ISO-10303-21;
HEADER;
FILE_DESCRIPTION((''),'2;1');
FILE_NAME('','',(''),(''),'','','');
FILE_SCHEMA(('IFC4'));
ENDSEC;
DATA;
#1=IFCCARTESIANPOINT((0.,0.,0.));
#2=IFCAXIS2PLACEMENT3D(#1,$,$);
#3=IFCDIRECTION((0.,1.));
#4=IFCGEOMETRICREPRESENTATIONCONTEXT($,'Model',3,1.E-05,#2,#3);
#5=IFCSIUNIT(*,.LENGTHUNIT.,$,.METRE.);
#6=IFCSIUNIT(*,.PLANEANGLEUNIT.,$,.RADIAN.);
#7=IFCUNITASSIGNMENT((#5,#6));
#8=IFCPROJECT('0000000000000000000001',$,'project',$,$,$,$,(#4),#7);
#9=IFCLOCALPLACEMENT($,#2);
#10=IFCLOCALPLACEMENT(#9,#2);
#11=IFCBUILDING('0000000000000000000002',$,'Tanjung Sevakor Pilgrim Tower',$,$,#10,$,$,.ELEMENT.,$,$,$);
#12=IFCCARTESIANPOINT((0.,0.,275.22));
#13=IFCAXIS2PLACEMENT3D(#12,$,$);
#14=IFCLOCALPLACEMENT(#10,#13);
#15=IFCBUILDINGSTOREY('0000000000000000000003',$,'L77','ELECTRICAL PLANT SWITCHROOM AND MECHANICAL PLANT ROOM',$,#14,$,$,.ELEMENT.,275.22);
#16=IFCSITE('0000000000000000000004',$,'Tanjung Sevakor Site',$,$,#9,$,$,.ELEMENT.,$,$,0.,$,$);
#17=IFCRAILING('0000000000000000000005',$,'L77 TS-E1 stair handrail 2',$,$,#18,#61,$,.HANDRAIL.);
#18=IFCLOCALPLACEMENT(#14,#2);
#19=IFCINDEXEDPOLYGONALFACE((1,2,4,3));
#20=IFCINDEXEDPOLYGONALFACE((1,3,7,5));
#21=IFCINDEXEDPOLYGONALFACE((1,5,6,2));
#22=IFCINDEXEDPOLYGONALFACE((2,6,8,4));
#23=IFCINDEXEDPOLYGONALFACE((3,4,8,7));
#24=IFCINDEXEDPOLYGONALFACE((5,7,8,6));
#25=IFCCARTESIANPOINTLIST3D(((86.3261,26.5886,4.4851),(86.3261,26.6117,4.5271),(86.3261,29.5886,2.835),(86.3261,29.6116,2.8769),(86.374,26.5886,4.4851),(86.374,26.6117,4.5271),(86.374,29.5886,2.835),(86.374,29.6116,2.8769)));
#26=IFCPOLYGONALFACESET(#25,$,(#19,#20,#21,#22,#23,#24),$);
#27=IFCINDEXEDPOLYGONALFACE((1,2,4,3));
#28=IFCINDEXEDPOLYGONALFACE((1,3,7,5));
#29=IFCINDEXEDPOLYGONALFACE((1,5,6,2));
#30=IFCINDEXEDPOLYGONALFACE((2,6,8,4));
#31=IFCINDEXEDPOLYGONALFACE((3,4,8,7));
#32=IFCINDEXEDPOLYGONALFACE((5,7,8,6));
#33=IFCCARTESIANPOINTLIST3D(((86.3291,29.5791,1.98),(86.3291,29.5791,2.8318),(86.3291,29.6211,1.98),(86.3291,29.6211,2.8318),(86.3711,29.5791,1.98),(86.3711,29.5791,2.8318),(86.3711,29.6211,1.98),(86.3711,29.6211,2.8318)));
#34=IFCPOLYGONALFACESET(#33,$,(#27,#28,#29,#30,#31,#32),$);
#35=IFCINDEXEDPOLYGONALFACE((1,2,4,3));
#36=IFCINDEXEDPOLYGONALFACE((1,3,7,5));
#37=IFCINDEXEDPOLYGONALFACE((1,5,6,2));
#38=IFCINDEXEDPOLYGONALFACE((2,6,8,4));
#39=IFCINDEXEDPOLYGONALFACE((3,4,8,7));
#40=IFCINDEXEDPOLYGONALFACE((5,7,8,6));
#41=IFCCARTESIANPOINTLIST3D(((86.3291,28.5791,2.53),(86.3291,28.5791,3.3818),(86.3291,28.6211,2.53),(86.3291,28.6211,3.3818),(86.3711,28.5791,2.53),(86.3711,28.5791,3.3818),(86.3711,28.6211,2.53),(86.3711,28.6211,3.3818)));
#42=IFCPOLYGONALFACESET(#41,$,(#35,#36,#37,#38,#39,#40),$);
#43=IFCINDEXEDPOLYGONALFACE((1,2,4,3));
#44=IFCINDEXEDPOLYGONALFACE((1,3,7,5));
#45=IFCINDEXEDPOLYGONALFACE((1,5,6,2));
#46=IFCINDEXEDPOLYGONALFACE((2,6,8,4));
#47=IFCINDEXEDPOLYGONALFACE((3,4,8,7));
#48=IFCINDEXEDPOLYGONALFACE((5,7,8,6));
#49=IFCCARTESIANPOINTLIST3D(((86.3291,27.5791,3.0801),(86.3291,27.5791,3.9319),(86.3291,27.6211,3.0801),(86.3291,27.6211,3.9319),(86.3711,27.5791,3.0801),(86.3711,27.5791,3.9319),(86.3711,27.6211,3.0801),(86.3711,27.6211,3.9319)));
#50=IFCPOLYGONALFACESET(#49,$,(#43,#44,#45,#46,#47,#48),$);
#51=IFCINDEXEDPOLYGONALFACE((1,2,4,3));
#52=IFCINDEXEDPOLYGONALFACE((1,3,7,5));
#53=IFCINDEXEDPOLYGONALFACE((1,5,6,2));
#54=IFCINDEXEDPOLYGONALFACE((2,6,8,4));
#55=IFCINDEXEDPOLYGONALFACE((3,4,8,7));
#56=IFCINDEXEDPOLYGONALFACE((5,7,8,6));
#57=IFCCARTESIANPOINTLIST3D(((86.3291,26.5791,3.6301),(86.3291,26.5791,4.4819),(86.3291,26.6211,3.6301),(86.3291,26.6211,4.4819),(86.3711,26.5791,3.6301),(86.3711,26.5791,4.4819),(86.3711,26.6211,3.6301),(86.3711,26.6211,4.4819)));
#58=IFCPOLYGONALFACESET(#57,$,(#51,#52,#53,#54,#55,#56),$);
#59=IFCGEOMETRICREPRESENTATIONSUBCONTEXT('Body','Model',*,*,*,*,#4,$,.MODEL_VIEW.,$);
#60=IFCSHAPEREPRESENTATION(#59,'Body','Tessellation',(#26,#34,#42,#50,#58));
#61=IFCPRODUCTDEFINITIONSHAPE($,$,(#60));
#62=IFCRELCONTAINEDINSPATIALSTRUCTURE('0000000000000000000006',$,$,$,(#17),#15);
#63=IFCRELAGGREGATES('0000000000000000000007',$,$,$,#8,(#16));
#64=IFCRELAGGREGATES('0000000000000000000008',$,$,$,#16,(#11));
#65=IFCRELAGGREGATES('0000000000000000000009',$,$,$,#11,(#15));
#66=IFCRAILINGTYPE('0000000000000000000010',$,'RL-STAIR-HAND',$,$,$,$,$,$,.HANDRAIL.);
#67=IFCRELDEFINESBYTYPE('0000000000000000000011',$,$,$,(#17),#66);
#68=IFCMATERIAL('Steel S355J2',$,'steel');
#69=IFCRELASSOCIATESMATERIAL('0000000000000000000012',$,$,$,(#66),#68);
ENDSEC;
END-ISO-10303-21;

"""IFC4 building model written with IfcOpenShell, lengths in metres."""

from ifc_helpers import new_model, si_unit, direction, frame, origin, place, context, subcontext, project, spatial, rectangle, extrude, material, type_object, element, save


model = new_model("IFC4")

# Units and contexts
model_context = context("Model", 3, precision=1e-05, world=origin(), true_north=direction((0.0, 1.0)))
body_context = subcontext(model_context, "Body", "Model", "MODEL_VIEW")
ifc_project = project(units=[si_unit("LENGTHUNIT", "METRE"), si_unit("PLANEANGLEUNIT", "RADIAN")], contexts=[model_context])

# Site, building, storey
site_placement = place(None, origin())
site = spatial("IfcSite", under=ifc_project, at=site_placement, Name="Tanjung Sevakor Site", CompositionType="ELEMENT", RefElevation=0.0)
building_placement = place(site_placement, origin())
building = spatial("IfcBuilding", under=site, at=building_placement, Name="Tanjung Sevakor Pilgrim Tower", CompositionType="ELEMENT")
storey_placement = place(building_placement, frame((0.0, 0.0, 275.22)))
storey = spatial("IfcBuildingStorey", under=building, at=storey_placement, Name="L77", Description="ELECTRICAL PLANT SWITCHROOM AND MECHANICAL PLANT ROOM", CompositionType="ELEMENT", Elevation=275.22)

# Railing
ifc_material_1 = material(Name="Steel S355J2", Category="steel")
railing_type_1 = type_object("IfcRailingType", Name="RL-STAIR-HAND", PredefinedType="HANDRAIL", material=ifc_material_1)
railing_1_placement = place(storey_placement, frame((86.3501, 29.6001, 1.98)))
element("IfcRailing", 1, at=railing_1_placement, inside=storey, type_object=railing_type_1, Name="L77 TS-E1 stair handrail 2", PredefinedType="HANDRAIL", context=body_context, shape_type="SweptSolid", body=[
    extrude(rectangle(XDim=0.0479, YDim=0.0479), frame((0.0, 0.0, 0.876), z_axis=(0.0, -0.876198, 0.481952), x_axis=(1.0, 0.0, 0.0)), (0.0, 0.0, 1.0), 3.4238),
    extrude(rectangle(XDim=0.042, YDim=0.042), origin(), (0.0, 0.0, 1.0), 0.8518),
    extrude(rectangle(XDim=0.042, YDim=0.042), frame((0.0, -1.0, 0.55)), (0.0, 0.0, 1.0), 0.8518),
    extrude(rectangle(XDim=0.042, YDim=0.042), frame((0.0, -2.0, 1.1001)), (0.0, 0.0, 1.0), 0.8518),
    extrude(rectangle(XDim=0.042, YDim=0.042), frame((0.0, -3.0, 1.6501)), (0.0, 0.0, 1.0), 0.8518),
])

save(model, "model.ifc")
